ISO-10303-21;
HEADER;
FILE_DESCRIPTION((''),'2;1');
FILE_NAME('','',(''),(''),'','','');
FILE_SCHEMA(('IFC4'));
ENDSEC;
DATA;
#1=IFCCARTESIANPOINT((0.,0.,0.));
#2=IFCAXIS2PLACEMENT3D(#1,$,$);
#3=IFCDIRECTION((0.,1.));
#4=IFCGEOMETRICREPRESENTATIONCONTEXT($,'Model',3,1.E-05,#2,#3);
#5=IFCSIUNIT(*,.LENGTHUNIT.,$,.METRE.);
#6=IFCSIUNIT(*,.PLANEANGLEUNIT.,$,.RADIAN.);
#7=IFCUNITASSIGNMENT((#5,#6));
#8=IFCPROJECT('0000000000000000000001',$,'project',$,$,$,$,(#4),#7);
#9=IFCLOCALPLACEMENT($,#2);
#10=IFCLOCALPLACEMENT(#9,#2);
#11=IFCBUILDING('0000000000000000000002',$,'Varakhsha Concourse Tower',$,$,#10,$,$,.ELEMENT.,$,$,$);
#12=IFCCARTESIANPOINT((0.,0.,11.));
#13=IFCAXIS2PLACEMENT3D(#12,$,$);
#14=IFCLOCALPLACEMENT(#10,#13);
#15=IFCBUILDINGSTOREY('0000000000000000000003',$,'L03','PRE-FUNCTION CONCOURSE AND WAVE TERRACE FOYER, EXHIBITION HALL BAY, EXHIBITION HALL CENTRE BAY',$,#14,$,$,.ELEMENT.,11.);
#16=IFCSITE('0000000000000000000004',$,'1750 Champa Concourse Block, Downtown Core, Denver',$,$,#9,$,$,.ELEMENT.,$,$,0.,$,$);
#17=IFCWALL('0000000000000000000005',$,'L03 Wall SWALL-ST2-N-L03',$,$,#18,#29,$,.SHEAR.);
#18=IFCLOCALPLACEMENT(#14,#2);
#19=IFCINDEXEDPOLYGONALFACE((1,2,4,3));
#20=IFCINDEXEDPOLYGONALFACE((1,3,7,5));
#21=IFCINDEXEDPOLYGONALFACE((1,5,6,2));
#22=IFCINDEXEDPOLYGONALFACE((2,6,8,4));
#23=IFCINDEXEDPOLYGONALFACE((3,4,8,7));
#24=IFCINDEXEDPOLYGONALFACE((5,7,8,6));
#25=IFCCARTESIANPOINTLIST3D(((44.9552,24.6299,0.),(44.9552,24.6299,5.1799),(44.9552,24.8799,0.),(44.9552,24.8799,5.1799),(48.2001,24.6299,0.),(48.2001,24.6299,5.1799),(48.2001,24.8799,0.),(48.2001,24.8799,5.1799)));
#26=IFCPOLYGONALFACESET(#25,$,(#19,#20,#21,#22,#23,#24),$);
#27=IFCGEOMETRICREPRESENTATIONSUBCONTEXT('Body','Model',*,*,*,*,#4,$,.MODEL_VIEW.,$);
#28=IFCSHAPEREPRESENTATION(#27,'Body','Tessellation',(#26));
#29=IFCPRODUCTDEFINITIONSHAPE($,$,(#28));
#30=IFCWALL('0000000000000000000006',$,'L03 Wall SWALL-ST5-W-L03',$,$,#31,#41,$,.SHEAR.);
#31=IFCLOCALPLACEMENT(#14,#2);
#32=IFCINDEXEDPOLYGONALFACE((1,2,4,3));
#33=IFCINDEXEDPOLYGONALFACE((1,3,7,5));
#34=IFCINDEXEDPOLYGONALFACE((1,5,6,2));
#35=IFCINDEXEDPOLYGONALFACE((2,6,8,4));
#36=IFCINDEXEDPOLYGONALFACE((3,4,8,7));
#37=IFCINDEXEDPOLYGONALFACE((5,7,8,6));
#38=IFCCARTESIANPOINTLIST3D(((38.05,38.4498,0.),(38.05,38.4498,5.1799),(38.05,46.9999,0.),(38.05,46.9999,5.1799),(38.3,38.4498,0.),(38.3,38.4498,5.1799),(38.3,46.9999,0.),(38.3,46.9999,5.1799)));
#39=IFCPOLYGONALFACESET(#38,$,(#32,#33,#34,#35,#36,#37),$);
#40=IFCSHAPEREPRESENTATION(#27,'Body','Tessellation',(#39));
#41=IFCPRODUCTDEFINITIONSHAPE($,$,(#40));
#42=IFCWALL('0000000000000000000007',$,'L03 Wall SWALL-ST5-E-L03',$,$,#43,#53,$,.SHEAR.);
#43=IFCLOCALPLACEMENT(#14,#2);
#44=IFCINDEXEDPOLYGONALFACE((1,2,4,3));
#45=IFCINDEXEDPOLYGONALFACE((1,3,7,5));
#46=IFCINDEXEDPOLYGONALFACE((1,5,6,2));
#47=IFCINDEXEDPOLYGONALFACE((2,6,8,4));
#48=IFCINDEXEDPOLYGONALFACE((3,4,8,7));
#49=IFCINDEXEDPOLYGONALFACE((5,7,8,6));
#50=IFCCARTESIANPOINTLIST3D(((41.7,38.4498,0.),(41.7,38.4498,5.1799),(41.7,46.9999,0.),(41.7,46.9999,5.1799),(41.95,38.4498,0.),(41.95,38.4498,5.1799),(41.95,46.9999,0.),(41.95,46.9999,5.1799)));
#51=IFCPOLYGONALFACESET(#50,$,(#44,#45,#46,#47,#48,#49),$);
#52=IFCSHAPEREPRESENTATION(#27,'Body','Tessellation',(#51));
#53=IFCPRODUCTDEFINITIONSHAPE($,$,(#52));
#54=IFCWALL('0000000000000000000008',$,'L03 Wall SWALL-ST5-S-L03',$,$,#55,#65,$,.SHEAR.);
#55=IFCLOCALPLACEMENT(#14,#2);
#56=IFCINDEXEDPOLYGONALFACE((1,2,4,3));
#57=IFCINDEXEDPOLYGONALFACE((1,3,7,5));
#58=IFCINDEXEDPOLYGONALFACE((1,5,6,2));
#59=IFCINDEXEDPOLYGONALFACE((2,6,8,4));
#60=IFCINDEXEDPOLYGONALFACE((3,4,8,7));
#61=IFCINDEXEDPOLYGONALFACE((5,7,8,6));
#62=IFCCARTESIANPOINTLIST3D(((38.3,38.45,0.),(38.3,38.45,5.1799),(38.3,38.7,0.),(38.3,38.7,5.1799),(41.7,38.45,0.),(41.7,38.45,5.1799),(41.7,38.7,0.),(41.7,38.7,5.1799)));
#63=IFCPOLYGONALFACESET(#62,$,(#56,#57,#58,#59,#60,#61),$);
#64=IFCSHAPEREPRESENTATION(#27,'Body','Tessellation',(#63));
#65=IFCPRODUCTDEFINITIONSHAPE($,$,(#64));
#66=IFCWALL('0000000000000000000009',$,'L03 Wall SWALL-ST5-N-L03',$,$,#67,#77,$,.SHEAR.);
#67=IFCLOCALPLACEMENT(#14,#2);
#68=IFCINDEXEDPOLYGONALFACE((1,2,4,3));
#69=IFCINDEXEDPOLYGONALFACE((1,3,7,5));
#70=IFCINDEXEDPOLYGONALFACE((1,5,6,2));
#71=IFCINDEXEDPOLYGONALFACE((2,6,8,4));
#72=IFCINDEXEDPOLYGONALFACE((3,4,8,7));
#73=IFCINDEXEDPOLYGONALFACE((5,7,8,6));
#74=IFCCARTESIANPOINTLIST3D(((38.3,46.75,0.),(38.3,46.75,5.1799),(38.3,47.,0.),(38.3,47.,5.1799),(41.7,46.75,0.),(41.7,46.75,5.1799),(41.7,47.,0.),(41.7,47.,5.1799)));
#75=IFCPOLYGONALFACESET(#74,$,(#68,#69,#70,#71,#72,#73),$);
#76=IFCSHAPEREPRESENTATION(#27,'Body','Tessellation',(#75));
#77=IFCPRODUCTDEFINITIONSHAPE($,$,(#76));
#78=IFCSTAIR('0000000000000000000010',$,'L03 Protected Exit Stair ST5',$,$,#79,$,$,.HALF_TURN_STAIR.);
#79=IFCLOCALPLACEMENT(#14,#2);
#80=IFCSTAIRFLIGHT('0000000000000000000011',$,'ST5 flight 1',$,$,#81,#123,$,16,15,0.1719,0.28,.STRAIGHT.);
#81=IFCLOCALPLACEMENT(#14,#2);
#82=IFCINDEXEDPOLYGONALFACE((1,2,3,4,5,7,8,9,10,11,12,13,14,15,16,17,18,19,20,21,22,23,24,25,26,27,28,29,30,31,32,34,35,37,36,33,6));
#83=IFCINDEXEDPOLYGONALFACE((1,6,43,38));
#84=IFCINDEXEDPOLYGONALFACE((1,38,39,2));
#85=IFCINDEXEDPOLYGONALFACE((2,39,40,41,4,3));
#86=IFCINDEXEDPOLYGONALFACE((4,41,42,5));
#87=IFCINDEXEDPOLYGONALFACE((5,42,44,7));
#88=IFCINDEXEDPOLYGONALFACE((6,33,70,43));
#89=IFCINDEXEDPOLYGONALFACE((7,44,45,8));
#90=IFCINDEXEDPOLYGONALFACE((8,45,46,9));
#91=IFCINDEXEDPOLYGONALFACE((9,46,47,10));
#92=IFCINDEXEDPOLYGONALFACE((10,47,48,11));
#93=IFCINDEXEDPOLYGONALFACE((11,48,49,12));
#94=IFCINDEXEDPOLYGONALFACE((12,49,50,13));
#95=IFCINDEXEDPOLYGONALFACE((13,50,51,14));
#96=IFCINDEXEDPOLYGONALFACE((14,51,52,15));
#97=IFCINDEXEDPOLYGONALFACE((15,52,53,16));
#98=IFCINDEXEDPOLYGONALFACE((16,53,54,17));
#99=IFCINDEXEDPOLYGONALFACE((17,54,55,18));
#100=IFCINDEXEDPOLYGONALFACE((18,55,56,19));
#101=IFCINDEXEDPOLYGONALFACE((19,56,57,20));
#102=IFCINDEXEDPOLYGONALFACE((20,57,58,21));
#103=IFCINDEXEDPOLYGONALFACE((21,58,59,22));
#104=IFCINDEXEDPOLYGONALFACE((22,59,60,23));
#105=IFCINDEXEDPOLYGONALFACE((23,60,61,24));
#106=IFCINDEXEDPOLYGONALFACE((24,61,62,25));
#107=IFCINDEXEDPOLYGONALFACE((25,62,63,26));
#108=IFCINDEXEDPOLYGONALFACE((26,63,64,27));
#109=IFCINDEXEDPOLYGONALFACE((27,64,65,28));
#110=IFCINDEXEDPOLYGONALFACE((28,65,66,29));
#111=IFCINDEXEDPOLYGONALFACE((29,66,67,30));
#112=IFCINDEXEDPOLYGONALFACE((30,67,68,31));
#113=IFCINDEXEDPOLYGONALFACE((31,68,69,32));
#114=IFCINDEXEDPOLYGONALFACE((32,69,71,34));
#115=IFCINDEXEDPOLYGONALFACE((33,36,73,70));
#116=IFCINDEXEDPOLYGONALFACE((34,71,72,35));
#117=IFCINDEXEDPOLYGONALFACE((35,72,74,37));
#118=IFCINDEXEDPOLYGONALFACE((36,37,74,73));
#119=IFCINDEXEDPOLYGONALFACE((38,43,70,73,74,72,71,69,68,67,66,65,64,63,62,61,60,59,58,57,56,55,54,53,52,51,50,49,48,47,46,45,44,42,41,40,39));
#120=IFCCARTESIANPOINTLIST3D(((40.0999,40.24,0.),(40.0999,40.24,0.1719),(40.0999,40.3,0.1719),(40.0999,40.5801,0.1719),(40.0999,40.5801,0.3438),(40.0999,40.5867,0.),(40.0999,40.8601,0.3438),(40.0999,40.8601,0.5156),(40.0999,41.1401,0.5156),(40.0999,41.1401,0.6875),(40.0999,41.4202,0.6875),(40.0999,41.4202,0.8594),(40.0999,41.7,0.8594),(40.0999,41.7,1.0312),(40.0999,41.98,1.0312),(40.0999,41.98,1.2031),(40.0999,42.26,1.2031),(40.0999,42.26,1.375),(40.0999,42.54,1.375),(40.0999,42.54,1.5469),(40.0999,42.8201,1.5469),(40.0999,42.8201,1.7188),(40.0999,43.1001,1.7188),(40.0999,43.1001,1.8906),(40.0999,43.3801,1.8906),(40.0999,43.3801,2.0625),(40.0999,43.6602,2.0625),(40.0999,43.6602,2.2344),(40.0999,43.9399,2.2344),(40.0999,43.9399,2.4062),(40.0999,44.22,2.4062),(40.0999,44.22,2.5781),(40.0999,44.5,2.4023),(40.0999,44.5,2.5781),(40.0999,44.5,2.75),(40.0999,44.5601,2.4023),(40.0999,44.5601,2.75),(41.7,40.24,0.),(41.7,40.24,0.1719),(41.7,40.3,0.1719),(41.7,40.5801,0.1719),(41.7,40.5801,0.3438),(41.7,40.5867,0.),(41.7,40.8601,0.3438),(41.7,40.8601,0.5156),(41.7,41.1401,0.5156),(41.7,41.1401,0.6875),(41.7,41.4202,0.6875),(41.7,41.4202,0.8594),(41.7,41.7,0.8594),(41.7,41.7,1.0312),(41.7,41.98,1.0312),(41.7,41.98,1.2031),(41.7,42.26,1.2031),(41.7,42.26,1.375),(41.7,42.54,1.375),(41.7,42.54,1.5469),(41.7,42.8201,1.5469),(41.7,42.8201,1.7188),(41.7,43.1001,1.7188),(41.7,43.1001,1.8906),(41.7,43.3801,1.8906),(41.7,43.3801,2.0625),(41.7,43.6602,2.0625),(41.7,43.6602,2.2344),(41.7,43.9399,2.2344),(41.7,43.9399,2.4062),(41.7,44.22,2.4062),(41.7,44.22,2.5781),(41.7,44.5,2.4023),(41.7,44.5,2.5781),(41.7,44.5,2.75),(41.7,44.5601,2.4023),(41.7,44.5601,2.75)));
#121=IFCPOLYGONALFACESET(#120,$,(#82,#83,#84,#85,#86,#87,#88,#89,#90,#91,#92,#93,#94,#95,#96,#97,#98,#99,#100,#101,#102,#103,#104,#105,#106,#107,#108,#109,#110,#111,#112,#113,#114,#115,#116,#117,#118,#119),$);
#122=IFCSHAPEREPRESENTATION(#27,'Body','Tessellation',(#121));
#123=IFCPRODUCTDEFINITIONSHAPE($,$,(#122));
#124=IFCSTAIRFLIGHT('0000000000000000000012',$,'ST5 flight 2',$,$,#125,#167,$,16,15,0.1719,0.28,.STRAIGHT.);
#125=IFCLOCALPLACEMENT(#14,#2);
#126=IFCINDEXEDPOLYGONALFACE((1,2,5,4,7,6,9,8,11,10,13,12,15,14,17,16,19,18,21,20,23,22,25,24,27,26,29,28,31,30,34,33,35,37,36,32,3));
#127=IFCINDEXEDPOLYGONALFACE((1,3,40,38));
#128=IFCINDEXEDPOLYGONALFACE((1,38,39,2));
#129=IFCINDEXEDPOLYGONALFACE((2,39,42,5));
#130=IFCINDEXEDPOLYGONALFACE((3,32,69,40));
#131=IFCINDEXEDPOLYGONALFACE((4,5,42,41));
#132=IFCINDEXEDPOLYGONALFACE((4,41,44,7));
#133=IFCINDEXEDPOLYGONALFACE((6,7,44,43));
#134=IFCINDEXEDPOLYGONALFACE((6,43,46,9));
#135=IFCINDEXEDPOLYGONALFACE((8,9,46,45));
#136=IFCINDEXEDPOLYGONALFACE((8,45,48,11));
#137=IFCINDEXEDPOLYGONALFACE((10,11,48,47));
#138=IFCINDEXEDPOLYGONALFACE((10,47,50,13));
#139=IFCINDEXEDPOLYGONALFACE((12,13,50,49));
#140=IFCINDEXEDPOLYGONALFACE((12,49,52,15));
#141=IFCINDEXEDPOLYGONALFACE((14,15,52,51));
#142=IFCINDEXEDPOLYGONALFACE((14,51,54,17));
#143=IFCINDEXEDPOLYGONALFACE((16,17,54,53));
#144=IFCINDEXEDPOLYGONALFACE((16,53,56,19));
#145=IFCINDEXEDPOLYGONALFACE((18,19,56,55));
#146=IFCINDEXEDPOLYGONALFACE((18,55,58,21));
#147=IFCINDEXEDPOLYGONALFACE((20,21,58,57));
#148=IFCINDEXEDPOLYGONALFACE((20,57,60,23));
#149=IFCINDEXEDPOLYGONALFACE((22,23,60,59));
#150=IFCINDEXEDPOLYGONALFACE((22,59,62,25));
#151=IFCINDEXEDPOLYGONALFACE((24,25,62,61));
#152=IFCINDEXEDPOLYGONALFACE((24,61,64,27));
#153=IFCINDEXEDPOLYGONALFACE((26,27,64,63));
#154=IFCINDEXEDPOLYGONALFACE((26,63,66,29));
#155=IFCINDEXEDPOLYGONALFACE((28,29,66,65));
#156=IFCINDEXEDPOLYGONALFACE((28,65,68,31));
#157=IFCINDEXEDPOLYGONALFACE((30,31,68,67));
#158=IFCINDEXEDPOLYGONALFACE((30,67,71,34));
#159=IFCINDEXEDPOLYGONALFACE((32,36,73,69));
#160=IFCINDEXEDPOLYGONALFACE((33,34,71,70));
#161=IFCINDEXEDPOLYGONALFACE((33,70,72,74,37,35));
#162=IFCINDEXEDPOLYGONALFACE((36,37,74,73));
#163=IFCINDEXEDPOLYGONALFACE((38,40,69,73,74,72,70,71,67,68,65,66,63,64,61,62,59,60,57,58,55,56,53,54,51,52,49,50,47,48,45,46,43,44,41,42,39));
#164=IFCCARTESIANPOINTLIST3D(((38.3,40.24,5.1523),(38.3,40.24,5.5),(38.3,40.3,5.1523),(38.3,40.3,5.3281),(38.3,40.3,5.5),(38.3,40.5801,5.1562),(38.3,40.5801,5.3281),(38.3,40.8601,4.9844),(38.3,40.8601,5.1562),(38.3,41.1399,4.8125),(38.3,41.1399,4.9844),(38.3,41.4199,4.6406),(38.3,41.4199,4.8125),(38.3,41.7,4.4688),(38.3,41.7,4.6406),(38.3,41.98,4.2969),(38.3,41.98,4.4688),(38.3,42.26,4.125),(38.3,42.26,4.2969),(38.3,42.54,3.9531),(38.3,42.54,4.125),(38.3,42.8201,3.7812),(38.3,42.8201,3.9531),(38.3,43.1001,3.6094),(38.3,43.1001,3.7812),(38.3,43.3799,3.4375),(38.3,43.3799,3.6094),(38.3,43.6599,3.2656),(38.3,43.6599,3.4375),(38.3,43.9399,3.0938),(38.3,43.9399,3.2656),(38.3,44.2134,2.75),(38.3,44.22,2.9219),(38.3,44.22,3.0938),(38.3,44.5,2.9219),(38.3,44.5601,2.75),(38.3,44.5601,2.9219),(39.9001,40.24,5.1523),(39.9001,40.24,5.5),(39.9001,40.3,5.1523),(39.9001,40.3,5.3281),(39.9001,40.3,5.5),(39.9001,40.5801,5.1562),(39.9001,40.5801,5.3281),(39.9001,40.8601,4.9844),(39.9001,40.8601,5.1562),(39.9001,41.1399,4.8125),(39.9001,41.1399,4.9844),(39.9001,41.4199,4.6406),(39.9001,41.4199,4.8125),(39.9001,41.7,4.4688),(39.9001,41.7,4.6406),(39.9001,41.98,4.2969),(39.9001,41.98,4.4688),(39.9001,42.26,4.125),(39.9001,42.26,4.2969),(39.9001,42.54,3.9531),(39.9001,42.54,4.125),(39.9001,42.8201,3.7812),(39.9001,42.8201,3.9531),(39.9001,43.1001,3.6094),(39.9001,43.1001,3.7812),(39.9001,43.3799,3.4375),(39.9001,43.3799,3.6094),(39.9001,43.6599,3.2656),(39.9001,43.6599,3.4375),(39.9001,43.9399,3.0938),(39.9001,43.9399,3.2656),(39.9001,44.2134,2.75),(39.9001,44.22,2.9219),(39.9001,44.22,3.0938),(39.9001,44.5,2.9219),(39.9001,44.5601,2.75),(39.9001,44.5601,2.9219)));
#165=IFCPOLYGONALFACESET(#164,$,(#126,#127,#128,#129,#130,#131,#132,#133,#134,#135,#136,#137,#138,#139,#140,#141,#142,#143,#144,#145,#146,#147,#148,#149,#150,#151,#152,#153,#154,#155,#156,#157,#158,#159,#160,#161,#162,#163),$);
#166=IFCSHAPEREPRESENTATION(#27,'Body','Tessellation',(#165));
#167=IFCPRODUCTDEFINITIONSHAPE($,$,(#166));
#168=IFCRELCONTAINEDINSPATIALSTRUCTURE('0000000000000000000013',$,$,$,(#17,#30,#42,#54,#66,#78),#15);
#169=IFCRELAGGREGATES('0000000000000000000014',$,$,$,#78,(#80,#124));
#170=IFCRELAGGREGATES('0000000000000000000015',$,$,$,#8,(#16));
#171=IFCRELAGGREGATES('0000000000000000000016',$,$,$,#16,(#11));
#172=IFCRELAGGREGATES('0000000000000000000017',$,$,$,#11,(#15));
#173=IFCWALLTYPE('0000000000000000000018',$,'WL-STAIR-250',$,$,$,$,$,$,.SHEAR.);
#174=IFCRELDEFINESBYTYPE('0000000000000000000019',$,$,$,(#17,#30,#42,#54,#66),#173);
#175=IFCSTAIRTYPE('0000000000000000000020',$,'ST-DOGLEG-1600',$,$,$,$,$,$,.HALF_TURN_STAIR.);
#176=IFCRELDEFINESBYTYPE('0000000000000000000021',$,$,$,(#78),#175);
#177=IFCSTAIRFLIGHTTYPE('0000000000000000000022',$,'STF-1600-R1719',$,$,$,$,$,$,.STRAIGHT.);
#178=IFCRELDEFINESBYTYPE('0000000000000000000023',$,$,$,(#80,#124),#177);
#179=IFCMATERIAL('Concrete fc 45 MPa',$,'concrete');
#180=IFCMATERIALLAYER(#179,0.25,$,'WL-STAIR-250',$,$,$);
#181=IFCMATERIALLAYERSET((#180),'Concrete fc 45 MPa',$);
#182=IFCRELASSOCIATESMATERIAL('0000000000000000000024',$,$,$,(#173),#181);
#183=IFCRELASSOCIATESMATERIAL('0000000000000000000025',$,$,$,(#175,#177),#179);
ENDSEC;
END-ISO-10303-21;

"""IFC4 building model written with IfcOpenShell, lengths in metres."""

from ifc_helpers import new_model, si_unit, direction, frame, frame_2d, origin, place, context, subcontext, project, spatial, polyline, rectangle, outline, extrude, material, layer, layer_set, type_object, element, aggregate, save


model = new_model("IFC4")

# Units and contexts
model_context = context("Model", 3, precision=1e-05, world=origin(), true_north=direction((0.0, 1.0)))
body_context = subcontext(model_context, "Body", "Model", "MODEL_VIEW")
ifc_project = project(units=[si_unit("LENGTHUNIT", "METRE"), si_unit("PLANEANGLEUNIT", "RADIAN")], contexts=[model_context])

# Site, building, storey
site_placement = place(None, origin())
site = spatial("IfcSite", under=ifc_project, at=site_placement, Name="1750 Champa Concourse Block, Downtown Core, Denver", CompositionType="ELEMENT", RefElevation=0.0)
building_placement = place(site_placement, origin())
building = spatial("IfcBuilding", under=site, at=building_placement, Name="Varakhsha Concourse Tower", CompositionType="ELEMENT")
storey_placement = place(building_placement, frame((0.0, 0.0, 11.0)))
storey = spatial("IfcBuildingStorey", under=building, at=storey_placement, Name="L03", Description="PRE-FUNCTION CONCOURSE AND WAVE TERRACE FOYER, EXHIBITION HALL BAY, EXHIBITION HALL CENTRE BAY", CompositionType="ELEMENT", Elevation=11.0)

# Walls
ifc_material_1 = material(Name="Concrete fc 45 MPa", Category="concrete")
ifc_layer_1 = layer(ifc_material_1, 0.25, Name="WL-STAIR-250")
ifc_layer_set_1 = layer_set([ifc_layer_1], Name="Concrete fc 45 MPa")
wall_type_1 = type_object("IfcWallType", Name="WL-STAIR-250", PredefinedType="SHEAR", material=ifc_layer_set_1)
wall_1_placement = place(storey_placement, frame((44.9551, 24.7549, 0.0), z_axis=(0.0, 0.0, 1.0), x_axis=(1.0, 0.0, 0.0)))
element("IfcWall", 1, at=wall_1_placement, inside=storey, type_object=wall_type_1, Name="L03 Wall SWALL-ST2-N-L03", PredefinedType="SHEAR", context=body_context, shape_type="SweptSolid", body=[
    extrude(rectangle(XDim=3.2449, YDim=0.25, at=frame_2d((1.6226, 0.0))), origin(), (0.0, 0.0, 1.0), 5.1799),
])
for number, where, z_axis, x_axis, name in (
    (2, (38.175, 38.45, 0.0), (0.0, 0.0, 1.0), (0.0, 1.0, 0.0), "L03 Wall SWALL-ST5-W-L03"),
    (3, (41.825, 38.45, 0.0), (0.0, 0.0, 1.0), (0.0, 1.0, 0.0), "L03 Wall SWALL-ST5-E-L03"),
):
    element("IfcWall", number, at=place(storey_placement, frame(where, z_axis=z_axis, x_axis=x_axis)), inside=storey, type_object=wall_type_1, Name=name, PredefinedType="SHEAR", context=body_context, shape_type="SweptSolid", body=[
        extrude(rectangle(XDim=8.55, YDim=0.25, at=frame_2d((4.2749, 0.0))), origin(), (0.0, 0.0, 1.0), 5.1799),
    ])
for number, where, z_axis, x_axis, name in (
    (4, (38.3, 38.575, 0.0), (0.0, 0.0, 1.0), (1.0, 0.0, 0.0), "L03 Wall SWALL-ST5-S-L03"),
    (5, (38.3, 46.875, 0.0), (0.0, 0.0, 1.0), (1.0, 0.0, 0.0), "L03 Wall SWALL-ST5-N-L03"),
):
    element("IfcWall", number, at=place(storey_placement, frame(where, z_axis=z_axis, x_axis=x_axis)), inside=storey, type_object=wall_type_1, Name=name, PredefinedType="SHEAR", context=body_context, shape_type="SweptSolid", body=[
        extrude(rectangle(XDim=3.3999, YDim=0.25, at=frame_2d((1.7, 0.0))), origin(), (0.0, 0.0, 1.0), 5.1799),
    ])

# Stair, stair flights
stair_type = type_object("IfcStairType", Name="ST-DOGLEG-1600", PredefinedType="HALF_TURN_STAIR", material=ifc_material_1)
stair_placement = place(storey_placement, origin())
stair = element("IfcStair", 6, at=stair_placement, inside=storey, type_object=stair_type, Name="L03 Protected Exit Stair ST5", PredefinedType="HALF_TURN_STAIR")
stair_flight_type = type_object("IfcStairFlightType", Name="STF-1600-R1719", PredefinedType="STRAIGHT", material=ifc_material_1)
stair_flight_1_placement = place(storey_placement, frame((40.8999, 40.3, 0.0), z_axis=(0.0, 0.0, 1.0), x_axis=(0.0, 1.0, 0.0)))
stair_flight_1 = element("IfcStairFlight", 7, at=stair_flight_1_placement, type_object=stair_flight_type, Name="ST5 flight 1", NumberOfRisers=16, NumberOfTreads=15, PredefinedType="STRAIGHT", RiserHeight=0.1719, TreadLength=0.28, context=body_context, shape_type="SweptSolid", body=[
    extrude(outline(polyline([(-0.0601, 0.0), (-0.0601, 0.1719), (0.0, 0.1719), (0.28, 0.1719), (0.28, 0.3438), (0.5601, 0.3438), (0.5601, 0.5156), (0.8401, 0.5156), (0.8401, 0.6875), (1.1201, 0.6875), (1.1201, 0.8594), (1.3999, 0.8594), (1.3999, 1.0312), (1.6799, 1.0312), (1.6799, 1.2031), (1.96, 1.2031), (1.96, 1.375), (2.24, 1.375), (2.24, 1.5469), (2.52, 1.5469), (2.52, 1.7188), (2.8, 1.7188), (2.8, 1.8906), (3.0801, 1.8906), (3.0801, 2.0625), (3.3601, 2.0625), (3.3601, 2.2344), (3.6399, 2.2344), (3.6399, 2.4062), (3.9199, 2.4062), (3.9199, 2.5781), (4.2, 2.5781), (4.2, 2.75), (4.26, 2.75), (4.26, 2.4023), (4.2, 2.4023), (0.2866, 0.0), (-0.0601, 0.0)])), frame((0.0, 0.8, 0.0), z_axis=(0.0, -1.0, 0.0), x_axis=(1.0, 0.0, 0.0)), (0.0, 0.0, 1.0), 1.6001),
])
stair_flight_2_placement = place(storey_placement, frame((39.1001, 44.5, 2.75), z_axis=(0.0, 0.0, 1.0), x_axis=(0.0, -1.0, 0.0)))
stair_flight_2 = element("IfcStairFlight", 8, at=stair_flight_2_placement, type_object=stair_flight_type, Name="ST5 flight 2", NumberOfRisers=16, NumberOfTreads=15, PredefinedType="STRAIGHT", RiserHeight=0.1719, TreadLength=0.28, context=body_context, shape_type="SweptSolid", body=[
    extrude(outline(polyline([(-0.0601, 0.0), (-0.0601, 0.1719), (0.0, 0.1719), (0.28, 0.1719), (0.28, 0.3438), (0.5601, 0.3438), (0.5601, 0.5156), (0.8401, 0.5156), (0.8401, 0.6875), (1.1201, 0.6875), (1.1201, 0.8594), (1.3999, 0.8594), (1.3999, 1.0312), (1.6799, 1.0312), (1.6799, 1.2031), (1.96, 1.2031), (1.96, 1.375), (2.24, 1.375), (2.24, 1.5469), (2.52, 1.5469), (2.52, 1.7188), (2.8, 1.7188), (2.8, 1.8906), (3.0801, 1.8906), (3.0801, 2.0625), (3.3601, 2.0625), (3.3601, 2.2344), (3.6399, 2.2344), (3.6399, 2.4062), (3.9199, 2.4062), (3.9199, 2.5781), (4.2, 2.5781), (4.2, 2.75), (4.26, 2.75), (4.26, 2.4023), (4.2, 2.4023), (0.2866, 0.0), (-0.0601, 0.0)])), frame((0.0, 0.8, 0.0), z_axis=(0.0, -1.0, 0.0), x_axis=(1.0, 0.0, 0.0)), (0.0, 0.0, 1.0), 1.6001),
])
aggregate(stair, [stair_flight_1, stair_flight_2])

save(model, "model.ifc")
